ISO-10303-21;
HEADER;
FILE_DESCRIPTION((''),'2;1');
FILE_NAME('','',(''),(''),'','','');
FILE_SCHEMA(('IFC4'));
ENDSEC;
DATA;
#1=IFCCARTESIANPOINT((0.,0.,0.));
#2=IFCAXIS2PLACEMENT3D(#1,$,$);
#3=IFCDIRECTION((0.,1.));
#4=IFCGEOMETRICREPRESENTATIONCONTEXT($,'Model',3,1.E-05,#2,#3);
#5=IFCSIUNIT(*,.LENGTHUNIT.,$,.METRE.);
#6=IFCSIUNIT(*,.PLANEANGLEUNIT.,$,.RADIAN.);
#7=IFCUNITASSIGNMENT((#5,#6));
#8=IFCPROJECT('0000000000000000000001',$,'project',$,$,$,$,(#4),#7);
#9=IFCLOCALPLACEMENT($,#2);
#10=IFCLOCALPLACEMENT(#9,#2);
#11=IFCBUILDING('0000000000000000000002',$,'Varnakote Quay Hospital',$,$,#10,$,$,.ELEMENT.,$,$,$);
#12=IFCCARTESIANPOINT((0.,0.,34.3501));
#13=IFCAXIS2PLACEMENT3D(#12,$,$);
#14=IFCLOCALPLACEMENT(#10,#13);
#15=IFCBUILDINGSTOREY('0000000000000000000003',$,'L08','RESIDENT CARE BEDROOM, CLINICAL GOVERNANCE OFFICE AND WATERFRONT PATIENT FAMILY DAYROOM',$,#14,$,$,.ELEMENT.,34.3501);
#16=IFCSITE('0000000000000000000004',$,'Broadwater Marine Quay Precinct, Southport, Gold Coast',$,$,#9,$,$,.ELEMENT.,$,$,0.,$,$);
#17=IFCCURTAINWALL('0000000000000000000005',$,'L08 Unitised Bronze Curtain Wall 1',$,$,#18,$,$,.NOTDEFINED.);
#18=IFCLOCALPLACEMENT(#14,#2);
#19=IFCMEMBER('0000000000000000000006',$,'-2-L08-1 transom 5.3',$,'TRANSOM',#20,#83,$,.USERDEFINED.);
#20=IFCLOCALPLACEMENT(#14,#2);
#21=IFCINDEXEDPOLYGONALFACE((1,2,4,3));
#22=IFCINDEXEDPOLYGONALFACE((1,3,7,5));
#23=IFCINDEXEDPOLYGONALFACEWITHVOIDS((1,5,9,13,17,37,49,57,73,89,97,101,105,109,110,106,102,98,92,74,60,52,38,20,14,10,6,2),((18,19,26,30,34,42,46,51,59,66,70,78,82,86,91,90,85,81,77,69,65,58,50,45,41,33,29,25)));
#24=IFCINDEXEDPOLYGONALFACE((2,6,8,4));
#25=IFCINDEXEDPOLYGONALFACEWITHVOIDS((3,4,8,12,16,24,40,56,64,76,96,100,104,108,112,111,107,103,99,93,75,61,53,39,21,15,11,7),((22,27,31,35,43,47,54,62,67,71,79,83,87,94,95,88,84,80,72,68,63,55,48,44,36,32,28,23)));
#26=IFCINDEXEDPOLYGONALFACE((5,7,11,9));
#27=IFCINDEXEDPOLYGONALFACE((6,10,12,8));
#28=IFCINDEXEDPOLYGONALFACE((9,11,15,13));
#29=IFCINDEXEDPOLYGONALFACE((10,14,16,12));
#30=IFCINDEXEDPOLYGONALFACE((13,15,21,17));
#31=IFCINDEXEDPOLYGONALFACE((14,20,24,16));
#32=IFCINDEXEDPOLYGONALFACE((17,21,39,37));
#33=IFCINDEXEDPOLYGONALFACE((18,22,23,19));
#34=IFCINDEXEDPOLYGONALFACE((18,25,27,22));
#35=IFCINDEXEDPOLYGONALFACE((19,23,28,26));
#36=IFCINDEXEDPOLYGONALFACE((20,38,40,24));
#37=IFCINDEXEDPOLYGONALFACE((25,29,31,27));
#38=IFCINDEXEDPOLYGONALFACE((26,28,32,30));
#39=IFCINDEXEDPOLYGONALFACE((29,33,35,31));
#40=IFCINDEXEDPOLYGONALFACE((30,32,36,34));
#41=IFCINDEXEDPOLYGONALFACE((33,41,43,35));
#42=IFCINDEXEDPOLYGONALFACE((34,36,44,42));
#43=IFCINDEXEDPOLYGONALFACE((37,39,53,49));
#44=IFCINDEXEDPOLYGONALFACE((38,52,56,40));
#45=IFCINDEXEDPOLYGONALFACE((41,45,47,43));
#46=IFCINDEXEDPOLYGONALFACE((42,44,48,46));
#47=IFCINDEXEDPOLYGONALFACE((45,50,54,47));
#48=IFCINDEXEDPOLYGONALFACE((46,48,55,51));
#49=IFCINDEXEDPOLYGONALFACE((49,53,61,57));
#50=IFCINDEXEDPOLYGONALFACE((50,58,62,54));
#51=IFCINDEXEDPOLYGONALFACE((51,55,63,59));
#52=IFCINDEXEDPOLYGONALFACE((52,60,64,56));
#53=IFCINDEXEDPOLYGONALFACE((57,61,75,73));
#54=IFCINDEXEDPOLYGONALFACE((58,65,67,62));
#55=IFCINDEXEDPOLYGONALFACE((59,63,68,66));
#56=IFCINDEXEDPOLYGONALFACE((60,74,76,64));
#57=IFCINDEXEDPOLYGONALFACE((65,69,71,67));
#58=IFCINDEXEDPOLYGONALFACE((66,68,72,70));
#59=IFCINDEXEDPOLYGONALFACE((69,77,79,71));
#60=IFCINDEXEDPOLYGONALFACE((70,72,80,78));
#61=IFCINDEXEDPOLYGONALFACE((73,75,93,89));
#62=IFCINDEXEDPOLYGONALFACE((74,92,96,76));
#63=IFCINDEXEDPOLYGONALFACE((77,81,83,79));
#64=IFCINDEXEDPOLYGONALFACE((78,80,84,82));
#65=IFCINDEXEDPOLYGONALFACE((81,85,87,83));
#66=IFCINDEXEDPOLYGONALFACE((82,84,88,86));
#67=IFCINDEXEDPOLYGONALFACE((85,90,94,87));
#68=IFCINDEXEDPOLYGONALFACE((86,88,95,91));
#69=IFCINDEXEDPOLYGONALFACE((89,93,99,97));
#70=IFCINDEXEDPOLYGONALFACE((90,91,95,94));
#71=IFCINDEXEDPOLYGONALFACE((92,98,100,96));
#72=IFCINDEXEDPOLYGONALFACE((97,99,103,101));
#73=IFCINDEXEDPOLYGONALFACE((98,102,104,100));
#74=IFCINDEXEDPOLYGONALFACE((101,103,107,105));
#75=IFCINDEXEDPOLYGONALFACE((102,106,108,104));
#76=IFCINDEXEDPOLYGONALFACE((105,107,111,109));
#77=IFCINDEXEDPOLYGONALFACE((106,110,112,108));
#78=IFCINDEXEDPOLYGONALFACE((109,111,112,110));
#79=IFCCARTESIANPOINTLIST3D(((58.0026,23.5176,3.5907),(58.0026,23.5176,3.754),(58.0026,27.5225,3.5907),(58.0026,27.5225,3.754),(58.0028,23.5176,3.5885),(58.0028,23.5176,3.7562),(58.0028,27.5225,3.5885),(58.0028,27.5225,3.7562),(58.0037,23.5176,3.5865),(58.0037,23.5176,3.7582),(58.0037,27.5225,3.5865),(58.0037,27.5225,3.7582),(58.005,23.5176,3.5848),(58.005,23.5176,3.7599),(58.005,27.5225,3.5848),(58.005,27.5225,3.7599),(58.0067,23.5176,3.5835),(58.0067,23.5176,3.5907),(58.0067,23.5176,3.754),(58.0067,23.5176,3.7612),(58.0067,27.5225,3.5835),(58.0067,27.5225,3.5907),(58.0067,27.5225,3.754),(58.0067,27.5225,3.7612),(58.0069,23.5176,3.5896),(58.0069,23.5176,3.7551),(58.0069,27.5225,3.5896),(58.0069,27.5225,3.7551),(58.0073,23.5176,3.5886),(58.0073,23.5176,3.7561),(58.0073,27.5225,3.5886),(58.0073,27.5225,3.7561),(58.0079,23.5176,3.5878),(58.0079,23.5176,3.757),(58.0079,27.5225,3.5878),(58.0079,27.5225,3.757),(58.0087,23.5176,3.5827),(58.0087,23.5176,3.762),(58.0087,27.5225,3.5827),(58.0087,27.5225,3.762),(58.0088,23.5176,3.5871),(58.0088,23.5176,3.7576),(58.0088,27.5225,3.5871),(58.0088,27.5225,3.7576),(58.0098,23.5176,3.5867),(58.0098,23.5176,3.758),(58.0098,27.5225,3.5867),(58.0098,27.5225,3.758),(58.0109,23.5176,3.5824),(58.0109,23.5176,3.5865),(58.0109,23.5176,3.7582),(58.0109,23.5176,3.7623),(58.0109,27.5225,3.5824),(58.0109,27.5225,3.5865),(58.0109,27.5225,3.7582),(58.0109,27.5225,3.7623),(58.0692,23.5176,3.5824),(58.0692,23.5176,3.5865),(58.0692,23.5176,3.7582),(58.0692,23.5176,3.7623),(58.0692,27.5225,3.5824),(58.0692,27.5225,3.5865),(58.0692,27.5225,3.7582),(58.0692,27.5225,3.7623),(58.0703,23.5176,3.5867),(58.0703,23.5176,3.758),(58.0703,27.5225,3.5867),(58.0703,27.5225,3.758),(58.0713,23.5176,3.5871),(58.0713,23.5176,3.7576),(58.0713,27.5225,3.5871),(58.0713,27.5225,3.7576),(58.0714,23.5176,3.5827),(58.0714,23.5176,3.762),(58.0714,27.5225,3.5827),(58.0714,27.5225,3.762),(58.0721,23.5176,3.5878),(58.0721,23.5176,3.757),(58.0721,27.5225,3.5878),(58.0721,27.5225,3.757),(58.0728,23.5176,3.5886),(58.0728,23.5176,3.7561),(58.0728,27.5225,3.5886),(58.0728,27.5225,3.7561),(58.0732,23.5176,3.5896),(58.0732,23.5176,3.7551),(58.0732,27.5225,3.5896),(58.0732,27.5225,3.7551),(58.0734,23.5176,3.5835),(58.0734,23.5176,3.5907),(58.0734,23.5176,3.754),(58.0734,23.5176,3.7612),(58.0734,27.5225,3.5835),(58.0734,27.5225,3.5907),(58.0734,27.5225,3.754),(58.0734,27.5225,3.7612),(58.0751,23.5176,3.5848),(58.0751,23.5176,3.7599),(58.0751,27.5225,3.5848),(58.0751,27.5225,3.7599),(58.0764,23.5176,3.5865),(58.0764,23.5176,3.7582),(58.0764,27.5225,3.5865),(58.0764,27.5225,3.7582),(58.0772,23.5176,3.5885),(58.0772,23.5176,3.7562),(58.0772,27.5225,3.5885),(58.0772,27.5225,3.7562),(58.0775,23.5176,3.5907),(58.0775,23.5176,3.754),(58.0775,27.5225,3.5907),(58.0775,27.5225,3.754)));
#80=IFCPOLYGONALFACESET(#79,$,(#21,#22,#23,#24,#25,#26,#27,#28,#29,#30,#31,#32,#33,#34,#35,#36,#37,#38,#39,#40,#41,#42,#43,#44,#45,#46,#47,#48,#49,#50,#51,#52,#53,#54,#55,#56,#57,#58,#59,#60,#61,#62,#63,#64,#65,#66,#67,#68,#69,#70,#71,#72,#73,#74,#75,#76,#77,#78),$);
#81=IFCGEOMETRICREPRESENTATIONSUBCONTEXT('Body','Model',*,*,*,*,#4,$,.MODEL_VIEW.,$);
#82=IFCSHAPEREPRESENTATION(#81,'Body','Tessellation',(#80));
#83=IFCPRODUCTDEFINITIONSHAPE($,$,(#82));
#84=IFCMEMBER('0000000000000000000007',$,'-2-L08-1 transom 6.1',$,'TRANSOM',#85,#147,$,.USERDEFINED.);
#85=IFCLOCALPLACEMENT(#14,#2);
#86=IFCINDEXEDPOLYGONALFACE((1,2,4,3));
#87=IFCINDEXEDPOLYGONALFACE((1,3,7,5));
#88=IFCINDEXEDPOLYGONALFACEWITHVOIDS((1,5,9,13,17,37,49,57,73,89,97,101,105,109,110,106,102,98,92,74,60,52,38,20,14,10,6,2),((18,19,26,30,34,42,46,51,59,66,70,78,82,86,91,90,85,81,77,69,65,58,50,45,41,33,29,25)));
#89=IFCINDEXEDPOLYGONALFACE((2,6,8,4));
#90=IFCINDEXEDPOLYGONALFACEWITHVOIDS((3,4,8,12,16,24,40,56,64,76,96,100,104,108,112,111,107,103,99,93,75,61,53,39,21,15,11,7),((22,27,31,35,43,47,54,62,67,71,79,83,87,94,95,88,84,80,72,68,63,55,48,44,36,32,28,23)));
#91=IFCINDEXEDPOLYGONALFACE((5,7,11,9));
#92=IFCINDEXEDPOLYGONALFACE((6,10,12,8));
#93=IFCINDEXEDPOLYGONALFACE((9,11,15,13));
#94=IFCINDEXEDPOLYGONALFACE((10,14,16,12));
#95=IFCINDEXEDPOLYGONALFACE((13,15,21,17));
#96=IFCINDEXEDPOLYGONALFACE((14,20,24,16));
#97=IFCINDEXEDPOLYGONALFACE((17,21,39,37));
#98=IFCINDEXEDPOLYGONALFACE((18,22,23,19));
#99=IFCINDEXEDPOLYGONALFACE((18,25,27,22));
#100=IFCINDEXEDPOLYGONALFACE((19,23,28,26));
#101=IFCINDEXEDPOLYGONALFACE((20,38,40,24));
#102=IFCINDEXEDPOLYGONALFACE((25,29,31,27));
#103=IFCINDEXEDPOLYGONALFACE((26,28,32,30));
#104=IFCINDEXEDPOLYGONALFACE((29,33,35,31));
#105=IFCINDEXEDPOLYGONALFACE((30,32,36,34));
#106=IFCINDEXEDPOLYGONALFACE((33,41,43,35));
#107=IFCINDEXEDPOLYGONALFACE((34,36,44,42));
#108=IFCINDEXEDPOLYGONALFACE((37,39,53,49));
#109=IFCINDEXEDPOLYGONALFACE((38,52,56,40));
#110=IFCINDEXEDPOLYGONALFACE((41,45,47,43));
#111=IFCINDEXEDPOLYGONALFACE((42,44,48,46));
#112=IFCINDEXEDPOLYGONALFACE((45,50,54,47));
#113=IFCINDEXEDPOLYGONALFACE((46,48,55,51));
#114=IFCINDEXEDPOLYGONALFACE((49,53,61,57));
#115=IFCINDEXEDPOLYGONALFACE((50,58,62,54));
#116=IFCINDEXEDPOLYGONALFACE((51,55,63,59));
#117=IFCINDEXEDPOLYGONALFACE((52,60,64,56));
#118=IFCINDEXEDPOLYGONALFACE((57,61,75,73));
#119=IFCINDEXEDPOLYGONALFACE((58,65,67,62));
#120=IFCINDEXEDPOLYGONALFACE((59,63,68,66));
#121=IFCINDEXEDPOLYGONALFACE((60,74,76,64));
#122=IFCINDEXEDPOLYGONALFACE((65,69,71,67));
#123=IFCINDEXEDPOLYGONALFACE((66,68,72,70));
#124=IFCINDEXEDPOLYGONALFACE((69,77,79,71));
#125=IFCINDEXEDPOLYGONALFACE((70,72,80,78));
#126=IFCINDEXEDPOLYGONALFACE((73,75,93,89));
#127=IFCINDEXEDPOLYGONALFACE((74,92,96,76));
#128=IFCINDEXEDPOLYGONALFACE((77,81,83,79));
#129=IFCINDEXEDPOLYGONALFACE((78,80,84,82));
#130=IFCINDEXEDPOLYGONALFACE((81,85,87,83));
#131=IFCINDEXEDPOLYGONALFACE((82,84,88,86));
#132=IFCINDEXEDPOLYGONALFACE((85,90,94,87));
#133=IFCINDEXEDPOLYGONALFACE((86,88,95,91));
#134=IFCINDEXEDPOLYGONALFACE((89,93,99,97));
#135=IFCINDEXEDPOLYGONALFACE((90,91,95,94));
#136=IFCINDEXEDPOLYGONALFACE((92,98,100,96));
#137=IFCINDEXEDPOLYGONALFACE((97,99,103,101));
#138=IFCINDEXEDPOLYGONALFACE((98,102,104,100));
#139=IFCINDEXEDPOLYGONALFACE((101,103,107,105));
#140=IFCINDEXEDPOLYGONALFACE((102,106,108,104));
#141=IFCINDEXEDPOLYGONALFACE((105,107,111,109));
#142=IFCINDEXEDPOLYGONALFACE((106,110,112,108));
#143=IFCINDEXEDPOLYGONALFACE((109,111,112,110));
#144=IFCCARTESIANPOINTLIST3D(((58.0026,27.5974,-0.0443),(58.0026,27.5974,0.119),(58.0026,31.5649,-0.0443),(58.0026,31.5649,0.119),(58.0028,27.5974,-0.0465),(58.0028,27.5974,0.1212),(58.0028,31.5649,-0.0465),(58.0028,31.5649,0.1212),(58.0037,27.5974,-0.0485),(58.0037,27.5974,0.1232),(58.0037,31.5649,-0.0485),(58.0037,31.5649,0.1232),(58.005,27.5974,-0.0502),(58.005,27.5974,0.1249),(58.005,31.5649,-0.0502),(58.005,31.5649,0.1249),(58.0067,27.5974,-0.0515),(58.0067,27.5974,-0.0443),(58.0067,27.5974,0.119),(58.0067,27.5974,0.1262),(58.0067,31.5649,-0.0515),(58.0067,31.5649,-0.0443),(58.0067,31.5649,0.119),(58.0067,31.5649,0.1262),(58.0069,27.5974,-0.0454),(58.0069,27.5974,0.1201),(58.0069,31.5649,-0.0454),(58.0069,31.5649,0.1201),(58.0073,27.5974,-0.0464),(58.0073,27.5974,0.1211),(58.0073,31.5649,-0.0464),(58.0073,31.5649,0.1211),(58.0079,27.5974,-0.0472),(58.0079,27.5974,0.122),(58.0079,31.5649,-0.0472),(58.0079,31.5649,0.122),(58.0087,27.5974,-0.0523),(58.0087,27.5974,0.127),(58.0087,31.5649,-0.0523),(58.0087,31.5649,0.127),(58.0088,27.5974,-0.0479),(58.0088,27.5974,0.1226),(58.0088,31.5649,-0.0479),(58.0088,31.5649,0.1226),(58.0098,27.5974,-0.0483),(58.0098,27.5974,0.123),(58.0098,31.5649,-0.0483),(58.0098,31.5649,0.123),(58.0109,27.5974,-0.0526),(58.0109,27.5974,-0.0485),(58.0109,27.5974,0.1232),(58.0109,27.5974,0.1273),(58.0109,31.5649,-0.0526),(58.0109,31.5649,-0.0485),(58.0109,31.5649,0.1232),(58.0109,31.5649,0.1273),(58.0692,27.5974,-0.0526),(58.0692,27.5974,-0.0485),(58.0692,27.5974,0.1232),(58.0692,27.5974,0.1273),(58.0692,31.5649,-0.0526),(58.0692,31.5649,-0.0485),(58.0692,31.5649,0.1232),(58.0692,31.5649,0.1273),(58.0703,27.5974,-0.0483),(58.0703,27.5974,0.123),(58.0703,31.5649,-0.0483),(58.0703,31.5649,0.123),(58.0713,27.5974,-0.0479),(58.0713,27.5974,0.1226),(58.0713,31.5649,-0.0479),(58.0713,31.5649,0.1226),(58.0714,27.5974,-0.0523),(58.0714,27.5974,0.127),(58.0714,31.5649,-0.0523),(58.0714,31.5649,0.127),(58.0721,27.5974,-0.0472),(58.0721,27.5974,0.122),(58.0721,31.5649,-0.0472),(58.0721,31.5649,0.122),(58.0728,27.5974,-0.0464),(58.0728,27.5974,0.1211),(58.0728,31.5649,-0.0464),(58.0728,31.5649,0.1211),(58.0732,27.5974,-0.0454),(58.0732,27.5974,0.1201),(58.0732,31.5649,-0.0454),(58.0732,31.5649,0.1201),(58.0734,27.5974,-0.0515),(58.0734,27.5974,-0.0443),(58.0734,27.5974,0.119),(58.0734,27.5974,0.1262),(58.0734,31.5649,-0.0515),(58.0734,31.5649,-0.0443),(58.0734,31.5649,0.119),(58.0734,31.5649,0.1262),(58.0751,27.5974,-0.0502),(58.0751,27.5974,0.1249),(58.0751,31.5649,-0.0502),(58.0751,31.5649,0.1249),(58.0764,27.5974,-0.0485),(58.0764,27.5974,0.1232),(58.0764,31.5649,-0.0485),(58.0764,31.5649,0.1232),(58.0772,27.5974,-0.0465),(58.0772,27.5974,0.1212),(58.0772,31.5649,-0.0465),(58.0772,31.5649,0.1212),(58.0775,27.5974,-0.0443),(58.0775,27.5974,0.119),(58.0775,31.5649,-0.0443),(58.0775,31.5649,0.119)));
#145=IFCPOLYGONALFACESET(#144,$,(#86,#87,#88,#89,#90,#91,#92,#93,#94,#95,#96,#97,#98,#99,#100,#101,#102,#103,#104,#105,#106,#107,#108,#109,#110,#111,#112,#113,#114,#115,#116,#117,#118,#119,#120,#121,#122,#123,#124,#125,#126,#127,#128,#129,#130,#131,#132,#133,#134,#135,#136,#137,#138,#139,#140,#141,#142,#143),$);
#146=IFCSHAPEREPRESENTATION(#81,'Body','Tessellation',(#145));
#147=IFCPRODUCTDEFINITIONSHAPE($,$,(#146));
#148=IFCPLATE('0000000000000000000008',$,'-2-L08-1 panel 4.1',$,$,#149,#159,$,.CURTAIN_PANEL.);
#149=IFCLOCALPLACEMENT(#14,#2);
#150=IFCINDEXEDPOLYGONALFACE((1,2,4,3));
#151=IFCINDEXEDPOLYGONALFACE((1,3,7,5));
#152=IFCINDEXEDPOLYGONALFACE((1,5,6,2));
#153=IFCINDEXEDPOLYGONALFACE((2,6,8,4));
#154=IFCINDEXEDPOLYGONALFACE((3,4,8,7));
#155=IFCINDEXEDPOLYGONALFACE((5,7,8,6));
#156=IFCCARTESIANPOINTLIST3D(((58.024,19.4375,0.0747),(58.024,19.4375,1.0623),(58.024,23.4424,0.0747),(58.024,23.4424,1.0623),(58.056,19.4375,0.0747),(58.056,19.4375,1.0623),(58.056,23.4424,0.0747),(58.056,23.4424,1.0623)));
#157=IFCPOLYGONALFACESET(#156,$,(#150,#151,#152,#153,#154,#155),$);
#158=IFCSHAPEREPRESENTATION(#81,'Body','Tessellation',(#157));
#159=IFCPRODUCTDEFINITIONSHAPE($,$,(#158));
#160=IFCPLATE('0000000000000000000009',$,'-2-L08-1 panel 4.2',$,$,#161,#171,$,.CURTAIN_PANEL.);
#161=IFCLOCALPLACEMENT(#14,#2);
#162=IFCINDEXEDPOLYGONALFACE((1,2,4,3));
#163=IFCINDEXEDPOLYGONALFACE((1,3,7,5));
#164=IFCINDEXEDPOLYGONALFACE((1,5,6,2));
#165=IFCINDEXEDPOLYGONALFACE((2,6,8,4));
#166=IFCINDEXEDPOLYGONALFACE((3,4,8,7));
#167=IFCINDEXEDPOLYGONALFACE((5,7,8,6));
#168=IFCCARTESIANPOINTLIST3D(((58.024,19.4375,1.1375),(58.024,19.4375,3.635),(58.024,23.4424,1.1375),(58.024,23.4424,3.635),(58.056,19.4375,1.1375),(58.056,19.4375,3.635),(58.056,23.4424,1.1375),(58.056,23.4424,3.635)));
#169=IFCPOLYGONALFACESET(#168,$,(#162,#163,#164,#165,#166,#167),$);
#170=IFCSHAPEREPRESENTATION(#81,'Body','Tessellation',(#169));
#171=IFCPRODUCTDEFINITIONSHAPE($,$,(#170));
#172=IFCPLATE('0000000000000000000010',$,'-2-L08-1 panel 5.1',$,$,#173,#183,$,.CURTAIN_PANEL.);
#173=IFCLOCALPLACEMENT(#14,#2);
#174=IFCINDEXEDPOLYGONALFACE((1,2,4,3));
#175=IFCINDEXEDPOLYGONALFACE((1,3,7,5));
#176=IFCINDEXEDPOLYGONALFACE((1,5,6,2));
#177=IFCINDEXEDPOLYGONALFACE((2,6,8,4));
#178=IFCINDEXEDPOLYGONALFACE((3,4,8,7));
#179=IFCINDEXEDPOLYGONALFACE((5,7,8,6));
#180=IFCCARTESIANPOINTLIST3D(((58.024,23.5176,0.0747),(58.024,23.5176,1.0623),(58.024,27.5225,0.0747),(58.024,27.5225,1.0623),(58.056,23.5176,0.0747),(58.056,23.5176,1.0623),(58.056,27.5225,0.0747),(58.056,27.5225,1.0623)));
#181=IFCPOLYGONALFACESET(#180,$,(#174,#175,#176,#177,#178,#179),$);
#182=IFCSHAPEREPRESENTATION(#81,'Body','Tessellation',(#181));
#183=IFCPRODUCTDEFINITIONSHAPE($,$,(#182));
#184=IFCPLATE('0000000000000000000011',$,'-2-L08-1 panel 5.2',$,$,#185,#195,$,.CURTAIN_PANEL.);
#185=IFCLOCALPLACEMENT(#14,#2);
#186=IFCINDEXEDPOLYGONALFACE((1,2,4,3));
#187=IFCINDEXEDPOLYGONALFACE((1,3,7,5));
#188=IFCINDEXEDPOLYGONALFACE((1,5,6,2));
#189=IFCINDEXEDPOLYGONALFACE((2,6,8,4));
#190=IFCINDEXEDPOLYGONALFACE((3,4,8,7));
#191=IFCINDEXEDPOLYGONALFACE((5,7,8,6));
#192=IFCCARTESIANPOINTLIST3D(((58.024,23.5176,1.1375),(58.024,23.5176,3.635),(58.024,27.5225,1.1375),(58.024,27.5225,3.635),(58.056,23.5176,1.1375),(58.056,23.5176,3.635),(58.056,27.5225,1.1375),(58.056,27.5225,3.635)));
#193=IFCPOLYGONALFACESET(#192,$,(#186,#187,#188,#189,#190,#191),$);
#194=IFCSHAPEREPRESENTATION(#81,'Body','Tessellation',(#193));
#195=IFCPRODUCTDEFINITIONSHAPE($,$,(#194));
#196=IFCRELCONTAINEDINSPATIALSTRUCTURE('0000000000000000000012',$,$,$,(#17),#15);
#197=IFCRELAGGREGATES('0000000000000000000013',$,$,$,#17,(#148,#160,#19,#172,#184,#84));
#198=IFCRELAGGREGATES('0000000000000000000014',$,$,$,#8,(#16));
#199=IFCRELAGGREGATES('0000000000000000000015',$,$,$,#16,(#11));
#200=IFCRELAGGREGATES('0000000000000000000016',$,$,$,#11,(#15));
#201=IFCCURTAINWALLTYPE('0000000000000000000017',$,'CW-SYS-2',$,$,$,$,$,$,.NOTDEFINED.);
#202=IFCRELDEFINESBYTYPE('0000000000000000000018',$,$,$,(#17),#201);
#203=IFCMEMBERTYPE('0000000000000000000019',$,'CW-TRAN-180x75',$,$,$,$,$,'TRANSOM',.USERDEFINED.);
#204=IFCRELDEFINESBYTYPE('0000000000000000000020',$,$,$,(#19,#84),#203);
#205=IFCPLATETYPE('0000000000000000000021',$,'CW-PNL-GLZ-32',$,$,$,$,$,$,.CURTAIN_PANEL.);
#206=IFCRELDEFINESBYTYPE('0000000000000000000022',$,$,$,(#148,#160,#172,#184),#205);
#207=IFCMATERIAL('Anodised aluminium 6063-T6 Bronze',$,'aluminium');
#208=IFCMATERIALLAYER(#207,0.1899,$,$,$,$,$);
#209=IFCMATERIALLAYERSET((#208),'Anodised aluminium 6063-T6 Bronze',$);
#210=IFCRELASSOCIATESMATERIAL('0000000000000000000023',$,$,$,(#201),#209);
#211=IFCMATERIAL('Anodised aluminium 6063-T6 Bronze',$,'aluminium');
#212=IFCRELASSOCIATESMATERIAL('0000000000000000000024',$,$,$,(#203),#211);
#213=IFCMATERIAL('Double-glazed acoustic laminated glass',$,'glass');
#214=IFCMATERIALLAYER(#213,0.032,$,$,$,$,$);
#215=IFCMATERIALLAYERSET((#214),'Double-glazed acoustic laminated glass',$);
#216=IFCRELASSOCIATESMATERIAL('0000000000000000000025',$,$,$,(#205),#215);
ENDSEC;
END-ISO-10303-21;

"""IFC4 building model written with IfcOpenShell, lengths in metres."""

from ifc_helpers import new_model, si_unit, direction, frame, origin, origin_2d, place, context, subcontext, project, spatial, rectangle, hollow_rectangle, extrude, material, layer, layer_set, material_profile, profile_set, type_object, element, aggregate, save


model = new_model("IFC4")

# Units and contexts
model_context = context("Model", 3, precision=1e-05, world=origin(), true_north=direction((0.0, 1.0)))
body_context = subcontext(model_context, "Body", "Model", "MODEL_VIEW")
ifc_project = project(units=[si_unit("LENGTHUNIT", "METRE"), si_unit("PLANEANGLEUNIT", "RADIAN")], contexts=[model_context])

# Site, building, storey
site_placement = place(None, origin())
site = spatial("IfcSite", under=ifc_project, at=site_placement, Name="Broadwater Marine Quay Precinct, Southport, Gold Coast", CompositionType="ELEMENT", RefElevation=0.0)
building_placement = place(site_placement, origin())
building = spatial("IfcBuilding", under=site, at=building_placement, Name="Varnakote Quay Hospital", CompositionType="ELEMENT")
storey_placement = place(building_placement, frame((0.0, 0.0, 34.3501)))
storey = spatial("IfcBuildingStorey", under=building, at=storey_placement, Name="L08", Description="RESIDENT CARE BEDROOM, CLINICAL GOVERNANCE OFFICE AND WATERFRONT PATIENT FAMILY DAYROOM", CompositionType="ELEMENT", Elevation=34.3501)

# Curtain wall, members, plates
ifc_material_1 = material(Name="Anodised aluminium 6063-T6 Bronze", Category="aluminium")
ifc_layer_1 = layer(ifc_material_1, 0.1899)
ifc_layer_set_1 = layer_set([ifc_layer_1], Name="Anodised aluminium 6063-T6 Bronze")
curtain_wall_type = type_object("IfcCurtainWallType", Name="CW-SYS-2", PredefinedType="NOTDEFINED", material=ifc_layer_set_1)
curtain_wall_placement = place(storey_placement, origin())
curtain_wall = element("IfcCurtainWall", 1, at=curtain_wall_placement, inside=storey, type_object=curtain_wall_type, Name="L08 Unitised Bronze Curtain Wall 1", PredefinedType="NOTDEFINED")
ifc_material_2 = material(Name="Anodised aluminium 6063-T6 Bronze", Category="aluminium")
ifc_material_profile_1 = material_profile(ifc_material_2, hollow_rectangle(XDim=0.075, YDim=0.1799, WallThickness=0.0042, InnerFilletRadius=0.0042, OuterFilletRadius=0.0083, at=origin_2d()), Name="CW-TRAN-180x75")
ifc_profile_set_1 = profile_set([ifc_material_profile_1], Name="Anodised aluminium 6063-T6 Bronze")
member_type_1 = type_object("IfcMemberType", Name="CW-TRAN-180x75", ElementType="TRANSOM", PredefinedType="USERDEFINED", material=ifc_profile_set_1)
member_1_placement = place(storey_placement, frame((58.04, 23.5176, 3.6724), z_axis=(0.0, 1.0, 0.0), x_axis=(-1.0, 0.0, 0.0)))
member_1 = element("IfcMember", 2, at=member_1_placement, type_object=member_type_1, Name="-2-L08-1 transom 5.3", ObjectType="TRANSOM", PredefinedType="USERDEFINED", context=body_context, shape_type="SweptSolid", body=[
    extrude(hollow_rectangle(XDim=0.075, YDim=0.1799, WallThickness=0.0042, InnerFilletRadius=0.0042, OuterFilletRadius=0.0083, at=origin_2d()), origin(), (0.0, 0.0, 1.0), 4.0049),
])
member_2_placement = place(storey_placement, frame((58.04, 27.5974, 0.0374), z_axis=(0.0, 1.0, 0.0), x_axis=(-1.0, 0.0, 0.0)))
member_2 = element("IfcMember", 3, at=member_2_placement, type_object=member_type_1, Name="-2-L08-1 transom 6.1", ObjectType="TRANSOM", PredefinedType="USERDEFINED", context=body_context, shape_type="SweptSolid", body=[
    extrude(hollow_rectangle(XDim=0.075, YDim=0.1799, WallThickness=0.0042, InnerFilletRadius=0.0042, OuterFilletRadius=0.0083, at=origin_2d()), origin(), (0.0, 0.0, 1.0), 3.9675),
])
ifc_material_3 = material(Name="Double-glazed acoustic laminated glass", Category="glass")
ifc_layer_2 = layer(ifc_material_3, 0.032)
ifc_layer_set_2 = layer_set([ifc_layer_2], Name="Double-glazed acoustic laminated glass")
plate_type = type_object("IfcPlateType", Name="CW-PNL-GLZ-32", PredefinedType="CURTAIN_PANEL", material=ifc_layer_set_2)
plate_1_placement = place(storey_placement, frame((58.04, 21.4399, 0.0747), z_axis=(0.0, 0.0, 1.0), x_axis=(0.0, 1.0, 0.0)))
plate_1 = element("IfcPlate", 4, at=plate_1_placement, type_object=plate_type, Name="-2-L08-1 panel 4.1", PredefinedType="CURTAIN_PANEL", context=body_context, shape_type="SweptSolid", body=[
    extrude(rectangle(XDim=4.0049, YDim=0.032, at=origin_2d()), origin(), (0.0, 0.0, 1.0), 0.9875),
])
plate_2_placement = place(storey_placement, frame((58.04, 21.4399, 1.1375), z_axis=(0.0, 0.0, 1.0), x_axis=(0.0, 1.0, 0.0)))
plate_2 = element("IfcPlate", 5, at=plate_2_placement, type_object=plate_type, Name="-2-L08-1 panel 4.2", PredefinedType="CURTAIN_PANEL", context=body_context, shape_type="SweptSolid", body=[
    extrude(rectangle(XDim=4.0049, YDim=0.032, at=origin_2d()), origin(), (0.0, 0.0, 1.0), 2.4976),
])
plate_3_placement = place(storey_placement, frame((58.04, 25.52, 0.0747), z_axis=(0.0, 0.0, 1.0), x_axis=(0.0, 1.0, 0.0)))
plate_3 = element("IfcPlate", 6, at=plate_3_placement, type_object=plate_type, Name="-2-L08-1 panel 5.1", PredefinedType="CURTAIN_PANEL", context=body_context, shape_type="SweptSolid", body=[
    extrude(rectangle(XDim=4.0049, YDim=0.032, at=origin_2d()), origin(), (0.0, 0.0, 1.0), 0.9875),
])
plate_4_placement = place(storey_placement, frame((58.04, 25.52, 1.1375), z_axis=(0.0, 0.0, 1.0), x_axis=(0.0, 1.0, 0.0)))
plate_4 = element("IfcPlate", 7, at=plate_4_placement, type_object=plate_type, Name="-2-L08-1 panel 5.2", PredefinedType="CURTAIN_PANEL", context=body_context, shape_type="SweptSolid", body=[
    extrude(rectangle(XDim=4.0049, YDim=0.032, at=origin_2d()), origin(), (0.0, 0.0, 1.0), 2.4976),
])
aggregate(curtain_wall, [plate_1, plate_2, member_1, plate_3, plate_4, member_2])

save(model, "model.ifc")
